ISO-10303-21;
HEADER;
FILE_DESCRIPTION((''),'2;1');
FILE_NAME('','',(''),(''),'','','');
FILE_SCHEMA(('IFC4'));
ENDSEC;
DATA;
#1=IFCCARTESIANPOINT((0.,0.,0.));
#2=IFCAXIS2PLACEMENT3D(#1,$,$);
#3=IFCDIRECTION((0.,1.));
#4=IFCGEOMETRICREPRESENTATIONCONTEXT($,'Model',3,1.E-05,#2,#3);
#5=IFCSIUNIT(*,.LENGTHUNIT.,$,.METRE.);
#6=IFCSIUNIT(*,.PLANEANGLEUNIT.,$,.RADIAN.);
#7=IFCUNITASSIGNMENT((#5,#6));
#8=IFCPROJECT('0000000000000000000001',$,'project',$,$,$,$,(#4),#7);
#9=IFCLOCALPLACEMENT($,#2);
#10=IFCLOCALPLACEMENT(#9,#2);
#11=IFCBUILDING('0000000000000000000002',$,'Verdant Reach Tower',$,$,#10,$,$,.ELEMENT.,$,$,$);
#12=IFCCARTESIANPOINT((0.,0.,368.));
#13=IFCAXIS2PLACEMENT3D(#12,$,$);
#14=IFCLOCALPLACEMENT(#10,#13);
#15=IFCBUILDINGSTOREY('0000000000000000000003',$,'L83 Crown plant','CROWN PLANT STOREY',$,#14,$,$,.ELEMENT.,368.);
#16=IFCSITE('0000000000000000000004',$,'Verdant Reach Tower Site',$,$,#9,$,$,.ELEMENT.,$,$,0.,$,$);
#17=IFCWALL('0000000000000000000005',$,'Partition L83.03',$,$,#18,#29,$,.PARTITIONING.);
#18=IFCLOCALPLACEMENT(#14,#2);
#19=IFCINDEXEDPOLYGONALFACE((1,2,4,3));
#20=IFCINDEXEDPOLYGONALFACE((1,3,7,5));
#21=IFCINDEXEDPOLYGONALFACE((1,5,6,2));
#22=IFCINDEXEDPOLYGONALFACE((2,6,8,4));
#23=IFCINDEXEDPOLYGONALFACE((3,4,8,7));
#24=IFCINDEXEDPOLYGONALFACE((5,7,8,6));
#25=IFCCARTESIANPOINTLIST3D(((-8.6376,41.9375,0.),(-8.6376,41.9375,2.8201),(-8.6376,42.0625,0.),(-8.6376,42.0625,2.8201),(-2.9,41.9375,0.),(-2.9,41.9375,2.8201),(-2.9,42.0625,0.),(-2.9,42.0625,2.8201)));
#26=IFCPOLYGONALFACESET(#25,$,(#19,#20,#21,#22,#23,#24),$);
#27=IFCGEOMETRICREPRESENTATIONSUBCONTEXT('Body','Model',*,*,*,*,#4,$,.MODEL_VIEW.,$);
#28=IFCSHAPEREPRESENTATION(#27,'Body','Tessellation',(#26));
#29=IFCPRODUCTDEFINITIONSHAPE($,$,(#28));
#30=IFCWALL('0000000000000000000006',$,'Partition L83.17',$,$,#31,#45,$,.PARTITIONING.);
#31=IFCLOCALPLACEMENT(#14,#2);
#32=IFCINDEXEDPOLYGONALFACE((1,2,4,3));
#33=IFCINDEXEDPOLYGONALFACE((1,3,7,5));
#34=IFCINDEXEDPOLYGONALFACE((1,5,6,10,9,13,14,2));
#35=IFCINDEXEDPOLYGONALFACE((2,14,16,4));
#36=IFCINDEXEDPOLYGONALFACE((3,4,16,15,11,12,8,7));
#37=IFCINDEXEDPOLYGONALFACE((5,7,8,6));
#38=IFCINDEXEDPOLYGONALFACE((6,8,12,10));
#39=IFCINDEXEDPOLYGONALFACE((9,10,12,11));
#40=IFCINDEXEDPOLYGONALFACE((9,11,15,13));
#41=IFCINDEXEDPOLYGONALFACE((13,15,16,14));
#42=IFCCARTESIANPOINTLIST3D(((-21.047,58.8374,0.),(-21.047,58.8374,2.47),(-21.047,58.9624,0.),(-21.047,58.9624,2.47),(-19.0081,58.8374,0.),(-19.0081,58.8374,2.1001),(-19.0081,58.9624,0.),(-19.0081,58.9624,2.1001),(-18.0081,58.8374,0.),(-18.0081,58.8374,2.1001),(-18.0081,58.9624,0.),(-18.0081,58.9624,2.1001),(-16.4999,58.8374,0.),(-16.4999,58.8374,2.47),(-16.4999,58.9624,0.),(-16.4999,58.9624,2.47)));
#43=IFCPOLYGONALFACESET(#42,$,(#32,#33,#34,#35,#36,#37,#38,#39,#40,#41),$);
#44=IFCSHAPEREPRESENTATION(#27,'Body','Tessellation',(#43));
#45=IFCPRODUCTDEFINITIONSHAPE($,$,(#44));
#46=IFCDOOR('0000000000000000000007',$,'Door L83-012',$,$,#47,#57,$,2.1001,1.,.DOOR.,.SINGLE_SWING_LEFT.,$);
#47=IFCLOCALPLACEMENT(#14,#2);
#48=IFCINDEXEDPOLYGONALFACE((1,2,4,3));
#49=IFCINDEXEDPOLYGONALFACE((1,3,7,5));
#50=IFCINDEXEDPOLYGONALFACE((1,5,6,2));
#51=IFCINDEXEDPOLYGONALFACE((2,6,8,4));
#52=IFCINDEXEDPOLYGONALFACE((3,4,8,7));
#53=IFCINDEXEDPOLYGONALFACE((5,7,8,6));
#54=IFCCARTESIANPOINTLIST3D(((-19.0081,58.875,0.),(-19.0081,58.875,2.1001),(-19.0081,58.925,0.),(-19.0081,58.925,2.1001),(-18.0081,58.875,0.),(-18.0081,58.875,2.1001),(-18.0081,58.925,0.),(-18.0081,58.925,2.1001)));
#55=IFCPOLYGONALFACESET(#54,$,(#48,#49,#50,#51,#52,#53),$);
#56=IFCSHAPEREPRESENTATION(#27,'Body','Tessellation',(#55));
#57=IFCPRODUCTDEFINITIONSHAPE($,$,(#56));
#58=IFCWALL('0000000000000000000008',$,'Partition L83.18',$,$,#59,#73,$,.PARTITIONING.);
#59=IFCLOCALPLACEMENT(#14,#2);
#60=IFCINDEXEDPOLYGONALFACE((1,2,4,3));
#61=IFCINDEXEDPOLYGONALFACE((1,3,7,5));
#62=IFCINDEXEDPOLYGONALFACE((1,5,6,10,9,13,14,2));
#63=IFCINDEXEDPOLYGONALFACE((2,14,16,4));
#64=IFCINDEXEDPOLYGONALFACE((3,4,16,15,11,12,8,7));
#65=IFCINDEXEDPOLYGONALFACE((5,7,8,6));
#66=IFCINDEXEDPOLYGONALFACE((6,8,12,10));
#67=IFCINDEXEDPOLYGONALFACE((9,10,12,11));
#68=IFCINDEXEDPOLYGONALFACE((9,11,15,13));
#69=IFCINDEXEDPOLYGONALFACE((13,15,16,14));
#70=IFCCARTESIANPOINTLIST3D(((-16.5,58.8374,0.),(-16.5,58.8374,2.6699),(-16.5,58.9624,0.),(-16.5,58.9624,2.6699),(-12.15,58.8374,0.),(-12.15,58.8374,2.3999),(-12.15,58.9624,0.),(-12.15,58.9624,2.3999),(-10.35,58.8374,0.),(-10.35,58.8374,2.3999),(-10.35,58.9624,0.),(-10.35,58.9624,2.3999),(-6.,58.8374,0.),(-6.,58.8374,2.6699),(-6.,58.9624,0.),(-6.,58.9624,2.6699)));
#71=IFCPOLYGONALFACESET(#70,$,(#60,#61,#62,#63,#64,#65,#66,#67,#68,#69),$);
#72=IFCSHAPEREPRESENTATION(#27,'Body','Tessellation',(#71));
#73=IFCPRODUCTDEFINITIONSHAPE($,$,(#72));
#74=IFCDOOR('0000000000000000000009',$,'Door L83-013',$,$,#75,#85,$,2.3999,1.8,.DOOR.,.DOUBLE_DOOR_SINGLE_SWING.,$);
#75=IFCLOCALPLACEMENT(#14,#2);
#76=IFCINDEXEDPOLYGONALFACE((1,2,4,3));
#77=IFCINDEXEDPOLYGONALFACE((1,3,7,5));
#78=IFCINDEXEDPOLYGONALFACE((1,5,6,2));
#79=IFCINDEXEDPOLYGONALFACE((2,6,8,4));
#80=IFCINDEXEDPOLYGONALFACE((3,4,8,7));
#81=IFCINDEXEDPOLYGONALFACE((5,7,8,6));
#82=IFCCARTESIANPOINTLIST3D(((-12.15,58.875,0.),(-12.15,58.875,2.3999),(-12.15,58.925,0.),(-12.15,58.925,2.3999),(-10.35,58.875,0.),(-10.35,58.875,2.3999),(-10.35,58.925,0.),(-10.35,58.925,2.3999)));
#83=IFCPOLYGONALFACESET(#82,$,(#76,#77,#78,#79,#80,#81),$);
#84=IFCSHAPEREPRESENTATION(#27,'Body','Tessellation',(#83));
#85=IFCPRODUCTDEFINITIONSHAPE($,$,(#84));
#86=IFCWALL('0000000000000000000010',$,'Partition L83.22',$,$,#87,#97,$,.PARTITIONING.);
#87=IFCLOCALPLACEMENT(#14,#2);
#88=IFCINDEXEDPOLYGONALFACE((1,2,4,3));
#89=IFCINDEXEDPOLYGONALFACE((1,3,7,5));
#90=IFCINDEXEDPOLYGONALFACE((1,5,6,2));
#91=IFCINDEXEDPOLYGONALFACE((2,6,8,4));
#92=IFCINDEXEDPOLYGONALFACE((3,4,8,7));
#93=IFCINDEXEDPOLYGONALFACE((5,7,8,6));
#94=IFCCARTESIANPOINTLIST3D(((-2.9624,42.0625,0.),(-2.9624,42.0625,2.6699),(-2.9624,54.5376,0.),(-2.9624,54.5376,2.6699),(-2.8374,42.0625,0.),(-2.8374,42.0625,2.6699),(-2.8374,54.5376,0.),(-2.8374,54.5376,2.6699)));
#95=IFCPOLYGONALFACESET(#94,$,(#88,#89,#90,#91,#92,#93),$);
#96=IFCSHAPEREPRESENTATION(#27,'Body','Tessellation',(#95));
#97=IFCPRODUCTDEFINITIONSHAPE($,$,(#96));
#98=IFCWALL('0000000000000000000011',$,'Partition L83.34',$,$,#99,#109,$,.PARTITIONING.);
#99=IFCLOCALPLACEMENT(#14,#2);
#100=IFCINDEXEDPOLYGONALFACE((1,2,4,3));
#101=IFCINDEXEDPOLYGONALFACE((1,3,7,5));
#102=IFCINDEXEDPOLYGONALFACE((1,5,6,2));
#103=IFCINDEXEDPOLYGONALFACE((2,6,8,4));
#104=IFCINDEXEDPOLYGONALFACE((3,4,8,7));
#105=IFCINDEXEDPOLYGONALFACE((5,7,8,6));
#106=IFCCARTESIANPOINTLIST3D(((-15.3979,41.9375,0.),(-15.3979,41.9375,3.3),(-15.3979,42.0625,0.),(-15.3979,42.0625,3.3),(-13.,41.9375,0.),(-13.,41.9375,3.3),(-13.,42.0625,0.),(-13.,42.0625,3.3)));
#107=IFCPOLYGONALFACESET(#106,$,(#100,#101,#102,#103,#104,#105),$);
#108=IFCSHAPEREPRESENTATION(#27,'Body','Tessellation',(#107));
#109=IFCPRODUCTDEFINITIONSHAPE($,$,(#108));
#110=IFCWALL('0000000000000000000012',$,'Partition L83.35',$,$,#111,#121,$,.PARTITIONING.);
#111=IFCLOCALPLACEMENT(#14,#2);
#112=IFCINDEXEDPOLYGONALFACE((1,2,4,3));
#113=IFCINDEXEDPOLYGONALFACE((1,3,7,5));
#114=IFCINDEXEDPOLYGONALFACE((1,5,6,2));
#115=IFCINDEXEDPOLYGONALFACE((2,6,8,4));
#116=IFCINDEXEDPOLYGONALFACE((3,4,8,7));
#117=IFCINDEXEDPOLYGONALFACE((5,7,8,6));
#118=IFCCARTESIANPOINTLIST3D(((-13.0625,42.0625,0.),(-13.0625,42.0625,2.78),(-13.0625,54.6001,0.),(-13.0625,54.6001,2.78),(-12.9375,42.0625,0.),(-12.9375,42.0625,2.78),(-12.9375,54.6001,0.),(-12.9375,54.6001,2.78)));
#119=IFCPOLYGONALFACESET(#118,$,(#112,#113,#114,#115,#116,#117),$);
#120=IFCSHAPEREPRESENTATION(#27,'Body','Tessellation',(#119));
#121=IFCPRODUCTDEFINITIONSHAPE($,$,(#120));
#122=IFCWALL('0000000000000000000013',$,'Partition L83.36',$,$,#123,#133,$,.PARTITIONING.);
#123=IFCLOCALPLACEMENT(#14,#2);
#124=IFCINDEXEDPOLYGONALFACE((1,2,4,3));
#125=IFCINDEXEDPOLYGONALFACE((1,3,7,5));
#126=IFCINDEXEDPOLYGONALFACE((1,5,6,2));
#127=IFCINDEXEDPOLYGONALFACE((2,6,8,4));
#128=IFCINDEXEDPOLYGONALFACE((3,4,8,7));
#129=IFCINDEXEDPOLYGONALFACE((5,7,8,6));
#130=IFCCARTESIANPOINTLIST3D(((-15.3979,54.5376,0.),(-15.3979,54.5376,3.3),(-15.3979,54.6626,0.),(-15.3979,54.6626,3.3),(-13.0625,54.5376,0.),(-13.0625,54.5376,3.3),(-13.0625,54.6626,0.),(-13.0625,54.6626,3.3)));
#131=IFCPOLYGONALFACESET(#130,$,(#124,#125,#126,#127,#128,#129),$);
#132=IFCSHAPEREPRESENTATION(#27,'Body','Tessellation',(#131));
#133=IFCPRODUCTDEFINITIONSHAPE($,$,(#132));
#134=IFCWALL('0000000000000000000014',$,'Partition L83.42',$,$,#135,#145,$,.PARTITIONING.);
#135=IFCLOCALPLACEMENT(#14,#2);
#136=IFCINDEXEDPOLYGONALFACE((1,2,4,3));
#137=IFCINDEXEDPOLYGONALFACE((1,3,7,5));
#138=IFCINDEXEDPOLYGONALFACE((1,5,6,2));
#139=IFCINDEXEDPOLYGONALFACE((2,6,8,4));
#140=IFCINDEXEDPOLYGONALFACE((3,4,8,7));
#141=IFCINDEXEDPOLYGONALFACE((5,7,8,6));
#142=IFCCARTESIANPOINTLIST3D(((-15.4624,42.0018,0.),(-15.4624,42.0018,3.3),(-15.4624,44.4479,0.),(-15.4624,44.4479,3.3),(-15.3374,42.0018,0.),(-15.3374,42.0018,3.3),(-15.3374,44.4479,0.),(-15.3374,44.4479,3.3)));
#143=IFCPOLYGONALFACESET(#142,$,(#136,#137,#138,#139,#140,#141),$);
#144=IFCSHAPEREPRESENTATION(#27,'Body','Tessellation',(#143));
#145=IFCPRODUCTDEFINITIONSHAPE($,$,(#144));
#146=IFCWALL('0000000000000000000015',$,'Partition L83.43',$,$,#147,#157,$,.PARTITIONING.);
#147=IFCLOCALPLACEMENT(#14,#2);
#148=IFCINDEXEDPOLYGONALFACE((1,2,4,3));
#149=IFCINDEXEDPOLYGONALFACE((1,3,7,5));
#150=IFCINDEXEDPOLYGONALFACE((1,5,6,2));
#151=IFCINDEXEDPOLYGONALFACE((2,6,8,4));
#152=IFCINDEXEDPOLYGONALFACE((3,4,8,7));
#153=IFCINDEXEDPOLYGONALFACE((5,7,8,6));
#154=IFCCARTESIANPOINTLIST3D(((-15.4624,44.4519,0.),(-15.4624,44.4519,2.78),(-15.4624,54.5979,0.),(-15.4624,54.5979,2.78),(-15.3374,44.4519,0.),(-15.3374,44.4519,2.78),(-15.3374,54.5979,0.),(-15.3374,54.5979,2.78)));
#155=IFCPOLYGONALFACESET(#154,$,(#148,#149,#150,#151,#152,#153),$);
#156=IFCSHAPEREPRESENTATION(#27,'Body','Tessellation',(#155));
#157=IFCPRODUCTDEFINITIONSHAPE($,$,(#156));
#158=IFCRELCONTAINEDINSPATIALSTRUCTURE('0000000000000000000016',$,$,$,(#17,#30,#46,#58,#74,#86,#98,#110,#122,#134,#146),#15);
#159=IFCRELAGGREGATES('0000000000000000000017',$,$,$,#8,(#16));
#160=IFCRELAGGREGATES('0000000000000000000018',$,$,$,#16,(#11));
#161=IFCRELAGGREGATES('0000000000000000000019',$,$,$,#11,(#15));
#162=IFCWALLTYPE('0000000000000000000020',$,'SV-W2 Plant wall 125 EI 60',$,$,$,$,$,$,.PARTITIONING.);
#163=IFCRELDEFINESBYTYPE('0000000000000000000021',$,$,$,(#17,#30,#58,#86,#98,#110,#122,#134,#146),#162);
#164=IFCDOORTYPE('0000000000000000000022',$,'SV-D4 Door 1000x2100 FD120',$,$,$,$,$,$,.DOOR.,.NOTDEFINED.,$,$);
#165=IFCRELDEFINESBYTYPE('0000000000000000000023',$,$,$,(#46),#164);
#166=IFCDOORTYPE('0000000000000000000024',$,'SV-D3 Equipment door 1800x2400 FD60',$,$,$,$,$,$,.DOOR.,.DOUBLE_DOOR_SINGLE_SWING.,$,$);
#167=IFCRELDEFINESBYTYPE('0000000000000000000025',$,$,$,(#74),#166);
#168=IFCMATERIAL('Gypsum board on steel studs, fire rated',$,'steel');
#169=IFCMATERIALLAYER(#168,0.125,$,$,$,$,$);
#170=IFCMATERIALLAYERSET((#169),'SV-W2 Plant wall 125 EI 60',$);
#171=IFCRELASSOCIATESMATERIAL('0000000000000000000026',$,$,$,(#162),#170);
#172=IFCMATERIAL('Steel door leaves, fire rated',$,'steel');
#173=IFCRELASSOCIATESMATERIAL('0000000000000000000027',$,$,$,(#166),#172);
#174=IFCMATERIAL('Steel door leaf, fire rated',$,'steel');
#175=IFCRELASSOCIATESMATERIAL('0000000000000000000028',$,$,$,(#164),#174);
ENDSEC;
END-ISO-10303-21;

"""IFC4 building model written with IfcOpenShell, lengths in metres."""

from ifc_helpers import new_model, si_unit, direction, frame, frame_2d, origin, place, context, subcontext, project, spatial, rectangle, extrude, material, layer, layer_set, type_object, element, fill, save


model = new_model("IFC4")

# Units and contexts
model_context = context("Model", 3, precision=1e-05, world=origin(), true_north=direction((0.0, 1.0)))
body_context = subcontext(model_context, "Body", "Model", "MODEL_VIEW")
ifc_project = project(units=[si_unit("LENGTHUNIT", "METRE"), si_unit("PLANEANGLEUNIT", "RADIAN")], contexts=[model_context])

# Site, building, storey
site_placement = place(None, origin())
site = spatial("IfcSite", under=ifc_project, at=site_placement, Name="Verdant Reach Tower Site", CompositionType="ELEMENT", RefElevation=0.0)
building_placement = place(site_placement, origin())
building = spatial("IfcBuilding", under=site, at=building_placement, Name="Verdant Reach Tower", CompositionType="ELEMENT")
storey_placement = place(building_placement, frame((0.0, 0.0, 368.0)))
storey = spatial("IfcBuildingStorey", under=building, at=storey_placement, Name="L83 Crown plant", Description="CROWN PLANT STOREY", CompositionType="ELEMENT", Elevation=368.0)

# Shared definitions
ifc_material_1 = material(Name="Gypsum board on steel studs, fire rated", Category="steel")
ifc_layer = layer(ifc_material_1, 0.125)
ifc_layer_set = layer_set([ifc_layer], Name="SV-W2 Plant wall 125 EI 60")
wall_type = type_object("IfcWallType", Name="SV-W2 Plant wall 125 EI 60", PredefinedType="PARTITIONING", material=ifc_layer_set)
ifc_material_2 = material(Name="Steel door leaves, fire rated", Category="steel")
door_type_1 = type_object("IfcDoorType", Name="SV-D3 Equipment door 1800x2400 FD60", OperationType="DOUBLE_DOOR_SINGLE_SWING", PredefinedType="DOOR", material=ifc_material_2)

# Wall
wall_1_placement = place(storey_placement, frame((-8.6375, 42.0, 0.0), z_axis=(0.0, 0.0, 1.0), x_axis=(1.0, 0.0, 0.0)))
element("IfcWall", 1, at=wall_1_placement, inside=storey, type_object=wall_type, Name="Partition L83.03", PredefinedType="PARTITIONING", context=body_context, shape_type="SweptSolid", body=[
    extrude(rectangle(XDim=5.7375, YDim=0.125, at=frame_2d((2.8687, 0.0))), origin(), (0.0, 0.0, 1.0), 2.8201),
])

# Walls, openings, doors
wall_2_placement = place(storey_placement, frame((-16.5, 58.8999, 0.0), z_axis=(0.0, 0.0, 1.0), x_axis=(-1.0, 0.0, 0.0)))
wall_2 = element("IfcWall", 2, at=wall_2_placement, inside=storey, type_object=wall_type, Name="Partition L83.17", PredefinedType="PARTITIONING", context=body_context, shape_type="SweptSolid", body=[
    extrude(rectangle(XDim=4.5471, YDim=0.125, at=frame_2d((2.2734, 0.0))), origin(), (0.0, 0.0, 1.0), 2.47),
])
opening_1_placement = place(wall_2_placement, frame((1.5081, 0.0, 0.0)))
opening_1 = element("IfcOpeningElement", 3, at=opening_1_placement, cuts=wall_2, PredefinedType="OPENING", context=body_context, shape_type="SweptSolid", body=[
    extrude(rectangle(XDim=1.0, YDim=2.1001, at=frame_2d((0.5, 1.05))), frame((0.0, 0.0725, 0.0), z_axis=(0.0, -1.0, 0.0), x_axis=(1.0, 0.0, 0.0)), (0.0, 0.0, 1.0), 0.145),
])
ifc_material_3 = material(Name="Steel door leaf, fire rated", Category="steel")
door_type_2 = type_object("IfcDoorType", Name="SV-D4 Door 1000x2100 FD120", OperationType="NOTDEFINED", PredefinedType="DOOR", material=ifc_material_3)
door_1_placement = place(opening_1_placement, origin())
door_1 = element("IfcDoor", 4, at=door_1_placement, inside=storey, type_object=door_type_2, Name="Door L83-012", OperationType="SINGLE_SWING_LEFT", OverallHeight=2.1001, OverallWidth=1.0, PredefinedType="DOOR", context=body_context, shape_type="SweptSolid", body=[
    extrude(rectangle(XDim=1.0, YDim=2.1001, at=frame_2d((0.5, 1.05))), frame((0.0, 0.0249, 0.0), z_axis=(0.0, -1.0, 0.0), x_axis=(1.0, 0.0, 0.0)), (0.0, 0.0, 1.0), 0.05),
])
fill(opening_1, door_1)
wall_3_placement = place(storey_placement, frame((-6.0, 58.8999, 0.0), z_axis=(0.0, 0.0, 1.0), x_axis=(-1.0, 0.0, 0.0)))
wall_3 = element("IfcWall", 5, at=wall_3_placement, inside=storey, type_object=wall_type, Name="Partition L83.18", PredefinedType="PARTITIONING", context=body_context, shape_type="SweptSolid", body=[
    extrude(rectangle(XDim=10.5, YDim=0.125, at=frame_2d((5.25, 0.0))), origin(), (0.0, 0.0, 1.0), 2.6699),
])
opening_2_placement = place(wall_3_placement, frame((4.3501, 0.0, 0.0)))
opening_2 = element("IfcOpeningElement", 6, at=opening_2_placement, cuts=wall_3, PredefinedType="OPENING", context=body_context, shape_type="SweptSolid", body=[
    extrude(rectangle(XDim=1.8, YDim=2.3999, at=frame_2d((0.8999, 1.2))), frame((0.0, 0.0725, 0.0), z_axis=(0.0, -1.0, 0.0), x_axis=(1.0, 0.0, 0.0)), (0.0, 0.0, 1.0), 0.145),
])
door_2_placement = place(opening_2_placement, origin())
door_2 = element("IfcDoor", 7, at=door_2_placement, inside=storey, type_object=door_type_1, Name="Door L83-013", OperationType="DOUBLE_DOOR_SINGLE_SWING", OverallHeight=2.3999, OverallWidth=1.8, PredefinedType="DOOR", context=body_context, shape_type="SweptSolid", body=[
    extrude(rectangle(XDim=1.8, YDim=2.3999, at=frame_2d((0.8999, 1.2))), frame((0.0, 0.0249, 0.0), z_axis=(0.0, -1.0, 0.0), x_axis=(1.0, 0.0, 0.0)), (0.0, 0.0, 1.0), 0.05),
])
fill(opening_2, door_2)

# Walls
wall_4_placement = place(storey_placement, frame((-2.8999, 54.5376, 0.0), z_axis=(0.0, 0.0, 1.0), x_axis=(0.0, -1.0, 0.0)))
element("IfcWall", 8, at=wall_4_placement, inside=storey, type_object=wall_type, Name="Partition L83.22", PredefinedType="PARTITIONING", context=body_context, shape_type="SweptSolid", body=[
    extrude(rectangle(XDim=12.4751, YDim=0.125, at=frame_2d((6.2375, 0.0))), origin(), (0.0, 0.0, 1.0), 2.6699),
])
wall_5_placement = place(storey_placement, frame((-15.3979, 42.0, 0.0), z_axis=(0.0, 0.0, 1.0), x_axis=(1.0, 0.0, 0.0)))
element("IfcWall", 9, at=wall_5_placement, inside=storey, type_object=wall_type, Name="Partition L83.34", PredefinedType="PARTITIONING", context=body_context, shape_type="SweptSolid", body=[
    extrude(rectangle(XDim=2.3979, YDim=0.125, at=frame_2d((1.199, 0.0))), origin(), (0.0, 0.0, 1.0), 3.3),
])
wall_6_placement = place(storey_placement, frame((-13.0, 42.0625, 0.0), z_axis=(0.0, 0.0, 1.0), x_axis=(0.0, 1.0, 0.0)))
element("IfcWall", 10, at=wall_6_placement, inside=storey, type_object=wall_type, Name="Partition L83.35", PredefinedType="PARTITIONING", context=body_context, shape_type="SweptSolid", body=[
    extrude(rectangle(XDim=12.5376, YDim=0.125, at=frame_2d((6.2688, 0.0))), origin(), (0.0, 0.0, 1.0), 2.78),
])
wall_7_placement = place(storey_placement, frame((-13.0625, 54.6001, 0.0), z_axis=(0.0, 0.0, 1.0), x_axis=(-1.0, 0.0, 0.0)))
element("IfcWall", 11, at=wall_7_placement, inside=storey, type_object=wall_type, Name="Partition L83.36", PredefinedType="PARTITIONING", context=body_context, shape_type="SweptSolid", body=[
    extrude(rectangle(XDim=2.3354, YDim=0.125, at=frame_2d((1.1677, 0.0))), origin(), (0.0, 0.0, 1.0), 3.3),
])
wall_8_placement = place(storey_placement, frame((-15.3999, 44.448, 0.0), z_axis=(0.0, 0.0, 1.0), x_axis=(0.0, -1.0, 0.0)))
element("IfcWall", 12, at=wall_8_placement, inside=storey, type_object=wall_type, Name="Partition L83.42", PredefinedType="PARTITIONING", context=body_context, shape_type="SweptSolid", body=[
    extrude(rectangle(XDim=2.446, YDim=0.125, at=frame_2d((1.2231, 0.0))), origin(), (0.0, 0.0, 1.0), 3.3),
])
wall_9_placement = place(storey_placement, frame((-15.3999, 54.5979, 0.0), z_axis=(0.0, 0.0, 1.0), x_axis=(0.0, -1.0, 0.0)))
element("IfcWall", 13, at=wall_9_placement, inside=storey, type_object=wall_type, Name="Partition L83.43", PredefinedType="PARTITIONING", context=body_context, shape_type="SweptSolid", body=[
    extrude(rectangle(XDim=10.146, YDim=0.125, at=frame_2d((5.073, 0.0))), origin(), (0.0, 0.0, 1.0), 2.78),
])

save(model, "model.ifc")
